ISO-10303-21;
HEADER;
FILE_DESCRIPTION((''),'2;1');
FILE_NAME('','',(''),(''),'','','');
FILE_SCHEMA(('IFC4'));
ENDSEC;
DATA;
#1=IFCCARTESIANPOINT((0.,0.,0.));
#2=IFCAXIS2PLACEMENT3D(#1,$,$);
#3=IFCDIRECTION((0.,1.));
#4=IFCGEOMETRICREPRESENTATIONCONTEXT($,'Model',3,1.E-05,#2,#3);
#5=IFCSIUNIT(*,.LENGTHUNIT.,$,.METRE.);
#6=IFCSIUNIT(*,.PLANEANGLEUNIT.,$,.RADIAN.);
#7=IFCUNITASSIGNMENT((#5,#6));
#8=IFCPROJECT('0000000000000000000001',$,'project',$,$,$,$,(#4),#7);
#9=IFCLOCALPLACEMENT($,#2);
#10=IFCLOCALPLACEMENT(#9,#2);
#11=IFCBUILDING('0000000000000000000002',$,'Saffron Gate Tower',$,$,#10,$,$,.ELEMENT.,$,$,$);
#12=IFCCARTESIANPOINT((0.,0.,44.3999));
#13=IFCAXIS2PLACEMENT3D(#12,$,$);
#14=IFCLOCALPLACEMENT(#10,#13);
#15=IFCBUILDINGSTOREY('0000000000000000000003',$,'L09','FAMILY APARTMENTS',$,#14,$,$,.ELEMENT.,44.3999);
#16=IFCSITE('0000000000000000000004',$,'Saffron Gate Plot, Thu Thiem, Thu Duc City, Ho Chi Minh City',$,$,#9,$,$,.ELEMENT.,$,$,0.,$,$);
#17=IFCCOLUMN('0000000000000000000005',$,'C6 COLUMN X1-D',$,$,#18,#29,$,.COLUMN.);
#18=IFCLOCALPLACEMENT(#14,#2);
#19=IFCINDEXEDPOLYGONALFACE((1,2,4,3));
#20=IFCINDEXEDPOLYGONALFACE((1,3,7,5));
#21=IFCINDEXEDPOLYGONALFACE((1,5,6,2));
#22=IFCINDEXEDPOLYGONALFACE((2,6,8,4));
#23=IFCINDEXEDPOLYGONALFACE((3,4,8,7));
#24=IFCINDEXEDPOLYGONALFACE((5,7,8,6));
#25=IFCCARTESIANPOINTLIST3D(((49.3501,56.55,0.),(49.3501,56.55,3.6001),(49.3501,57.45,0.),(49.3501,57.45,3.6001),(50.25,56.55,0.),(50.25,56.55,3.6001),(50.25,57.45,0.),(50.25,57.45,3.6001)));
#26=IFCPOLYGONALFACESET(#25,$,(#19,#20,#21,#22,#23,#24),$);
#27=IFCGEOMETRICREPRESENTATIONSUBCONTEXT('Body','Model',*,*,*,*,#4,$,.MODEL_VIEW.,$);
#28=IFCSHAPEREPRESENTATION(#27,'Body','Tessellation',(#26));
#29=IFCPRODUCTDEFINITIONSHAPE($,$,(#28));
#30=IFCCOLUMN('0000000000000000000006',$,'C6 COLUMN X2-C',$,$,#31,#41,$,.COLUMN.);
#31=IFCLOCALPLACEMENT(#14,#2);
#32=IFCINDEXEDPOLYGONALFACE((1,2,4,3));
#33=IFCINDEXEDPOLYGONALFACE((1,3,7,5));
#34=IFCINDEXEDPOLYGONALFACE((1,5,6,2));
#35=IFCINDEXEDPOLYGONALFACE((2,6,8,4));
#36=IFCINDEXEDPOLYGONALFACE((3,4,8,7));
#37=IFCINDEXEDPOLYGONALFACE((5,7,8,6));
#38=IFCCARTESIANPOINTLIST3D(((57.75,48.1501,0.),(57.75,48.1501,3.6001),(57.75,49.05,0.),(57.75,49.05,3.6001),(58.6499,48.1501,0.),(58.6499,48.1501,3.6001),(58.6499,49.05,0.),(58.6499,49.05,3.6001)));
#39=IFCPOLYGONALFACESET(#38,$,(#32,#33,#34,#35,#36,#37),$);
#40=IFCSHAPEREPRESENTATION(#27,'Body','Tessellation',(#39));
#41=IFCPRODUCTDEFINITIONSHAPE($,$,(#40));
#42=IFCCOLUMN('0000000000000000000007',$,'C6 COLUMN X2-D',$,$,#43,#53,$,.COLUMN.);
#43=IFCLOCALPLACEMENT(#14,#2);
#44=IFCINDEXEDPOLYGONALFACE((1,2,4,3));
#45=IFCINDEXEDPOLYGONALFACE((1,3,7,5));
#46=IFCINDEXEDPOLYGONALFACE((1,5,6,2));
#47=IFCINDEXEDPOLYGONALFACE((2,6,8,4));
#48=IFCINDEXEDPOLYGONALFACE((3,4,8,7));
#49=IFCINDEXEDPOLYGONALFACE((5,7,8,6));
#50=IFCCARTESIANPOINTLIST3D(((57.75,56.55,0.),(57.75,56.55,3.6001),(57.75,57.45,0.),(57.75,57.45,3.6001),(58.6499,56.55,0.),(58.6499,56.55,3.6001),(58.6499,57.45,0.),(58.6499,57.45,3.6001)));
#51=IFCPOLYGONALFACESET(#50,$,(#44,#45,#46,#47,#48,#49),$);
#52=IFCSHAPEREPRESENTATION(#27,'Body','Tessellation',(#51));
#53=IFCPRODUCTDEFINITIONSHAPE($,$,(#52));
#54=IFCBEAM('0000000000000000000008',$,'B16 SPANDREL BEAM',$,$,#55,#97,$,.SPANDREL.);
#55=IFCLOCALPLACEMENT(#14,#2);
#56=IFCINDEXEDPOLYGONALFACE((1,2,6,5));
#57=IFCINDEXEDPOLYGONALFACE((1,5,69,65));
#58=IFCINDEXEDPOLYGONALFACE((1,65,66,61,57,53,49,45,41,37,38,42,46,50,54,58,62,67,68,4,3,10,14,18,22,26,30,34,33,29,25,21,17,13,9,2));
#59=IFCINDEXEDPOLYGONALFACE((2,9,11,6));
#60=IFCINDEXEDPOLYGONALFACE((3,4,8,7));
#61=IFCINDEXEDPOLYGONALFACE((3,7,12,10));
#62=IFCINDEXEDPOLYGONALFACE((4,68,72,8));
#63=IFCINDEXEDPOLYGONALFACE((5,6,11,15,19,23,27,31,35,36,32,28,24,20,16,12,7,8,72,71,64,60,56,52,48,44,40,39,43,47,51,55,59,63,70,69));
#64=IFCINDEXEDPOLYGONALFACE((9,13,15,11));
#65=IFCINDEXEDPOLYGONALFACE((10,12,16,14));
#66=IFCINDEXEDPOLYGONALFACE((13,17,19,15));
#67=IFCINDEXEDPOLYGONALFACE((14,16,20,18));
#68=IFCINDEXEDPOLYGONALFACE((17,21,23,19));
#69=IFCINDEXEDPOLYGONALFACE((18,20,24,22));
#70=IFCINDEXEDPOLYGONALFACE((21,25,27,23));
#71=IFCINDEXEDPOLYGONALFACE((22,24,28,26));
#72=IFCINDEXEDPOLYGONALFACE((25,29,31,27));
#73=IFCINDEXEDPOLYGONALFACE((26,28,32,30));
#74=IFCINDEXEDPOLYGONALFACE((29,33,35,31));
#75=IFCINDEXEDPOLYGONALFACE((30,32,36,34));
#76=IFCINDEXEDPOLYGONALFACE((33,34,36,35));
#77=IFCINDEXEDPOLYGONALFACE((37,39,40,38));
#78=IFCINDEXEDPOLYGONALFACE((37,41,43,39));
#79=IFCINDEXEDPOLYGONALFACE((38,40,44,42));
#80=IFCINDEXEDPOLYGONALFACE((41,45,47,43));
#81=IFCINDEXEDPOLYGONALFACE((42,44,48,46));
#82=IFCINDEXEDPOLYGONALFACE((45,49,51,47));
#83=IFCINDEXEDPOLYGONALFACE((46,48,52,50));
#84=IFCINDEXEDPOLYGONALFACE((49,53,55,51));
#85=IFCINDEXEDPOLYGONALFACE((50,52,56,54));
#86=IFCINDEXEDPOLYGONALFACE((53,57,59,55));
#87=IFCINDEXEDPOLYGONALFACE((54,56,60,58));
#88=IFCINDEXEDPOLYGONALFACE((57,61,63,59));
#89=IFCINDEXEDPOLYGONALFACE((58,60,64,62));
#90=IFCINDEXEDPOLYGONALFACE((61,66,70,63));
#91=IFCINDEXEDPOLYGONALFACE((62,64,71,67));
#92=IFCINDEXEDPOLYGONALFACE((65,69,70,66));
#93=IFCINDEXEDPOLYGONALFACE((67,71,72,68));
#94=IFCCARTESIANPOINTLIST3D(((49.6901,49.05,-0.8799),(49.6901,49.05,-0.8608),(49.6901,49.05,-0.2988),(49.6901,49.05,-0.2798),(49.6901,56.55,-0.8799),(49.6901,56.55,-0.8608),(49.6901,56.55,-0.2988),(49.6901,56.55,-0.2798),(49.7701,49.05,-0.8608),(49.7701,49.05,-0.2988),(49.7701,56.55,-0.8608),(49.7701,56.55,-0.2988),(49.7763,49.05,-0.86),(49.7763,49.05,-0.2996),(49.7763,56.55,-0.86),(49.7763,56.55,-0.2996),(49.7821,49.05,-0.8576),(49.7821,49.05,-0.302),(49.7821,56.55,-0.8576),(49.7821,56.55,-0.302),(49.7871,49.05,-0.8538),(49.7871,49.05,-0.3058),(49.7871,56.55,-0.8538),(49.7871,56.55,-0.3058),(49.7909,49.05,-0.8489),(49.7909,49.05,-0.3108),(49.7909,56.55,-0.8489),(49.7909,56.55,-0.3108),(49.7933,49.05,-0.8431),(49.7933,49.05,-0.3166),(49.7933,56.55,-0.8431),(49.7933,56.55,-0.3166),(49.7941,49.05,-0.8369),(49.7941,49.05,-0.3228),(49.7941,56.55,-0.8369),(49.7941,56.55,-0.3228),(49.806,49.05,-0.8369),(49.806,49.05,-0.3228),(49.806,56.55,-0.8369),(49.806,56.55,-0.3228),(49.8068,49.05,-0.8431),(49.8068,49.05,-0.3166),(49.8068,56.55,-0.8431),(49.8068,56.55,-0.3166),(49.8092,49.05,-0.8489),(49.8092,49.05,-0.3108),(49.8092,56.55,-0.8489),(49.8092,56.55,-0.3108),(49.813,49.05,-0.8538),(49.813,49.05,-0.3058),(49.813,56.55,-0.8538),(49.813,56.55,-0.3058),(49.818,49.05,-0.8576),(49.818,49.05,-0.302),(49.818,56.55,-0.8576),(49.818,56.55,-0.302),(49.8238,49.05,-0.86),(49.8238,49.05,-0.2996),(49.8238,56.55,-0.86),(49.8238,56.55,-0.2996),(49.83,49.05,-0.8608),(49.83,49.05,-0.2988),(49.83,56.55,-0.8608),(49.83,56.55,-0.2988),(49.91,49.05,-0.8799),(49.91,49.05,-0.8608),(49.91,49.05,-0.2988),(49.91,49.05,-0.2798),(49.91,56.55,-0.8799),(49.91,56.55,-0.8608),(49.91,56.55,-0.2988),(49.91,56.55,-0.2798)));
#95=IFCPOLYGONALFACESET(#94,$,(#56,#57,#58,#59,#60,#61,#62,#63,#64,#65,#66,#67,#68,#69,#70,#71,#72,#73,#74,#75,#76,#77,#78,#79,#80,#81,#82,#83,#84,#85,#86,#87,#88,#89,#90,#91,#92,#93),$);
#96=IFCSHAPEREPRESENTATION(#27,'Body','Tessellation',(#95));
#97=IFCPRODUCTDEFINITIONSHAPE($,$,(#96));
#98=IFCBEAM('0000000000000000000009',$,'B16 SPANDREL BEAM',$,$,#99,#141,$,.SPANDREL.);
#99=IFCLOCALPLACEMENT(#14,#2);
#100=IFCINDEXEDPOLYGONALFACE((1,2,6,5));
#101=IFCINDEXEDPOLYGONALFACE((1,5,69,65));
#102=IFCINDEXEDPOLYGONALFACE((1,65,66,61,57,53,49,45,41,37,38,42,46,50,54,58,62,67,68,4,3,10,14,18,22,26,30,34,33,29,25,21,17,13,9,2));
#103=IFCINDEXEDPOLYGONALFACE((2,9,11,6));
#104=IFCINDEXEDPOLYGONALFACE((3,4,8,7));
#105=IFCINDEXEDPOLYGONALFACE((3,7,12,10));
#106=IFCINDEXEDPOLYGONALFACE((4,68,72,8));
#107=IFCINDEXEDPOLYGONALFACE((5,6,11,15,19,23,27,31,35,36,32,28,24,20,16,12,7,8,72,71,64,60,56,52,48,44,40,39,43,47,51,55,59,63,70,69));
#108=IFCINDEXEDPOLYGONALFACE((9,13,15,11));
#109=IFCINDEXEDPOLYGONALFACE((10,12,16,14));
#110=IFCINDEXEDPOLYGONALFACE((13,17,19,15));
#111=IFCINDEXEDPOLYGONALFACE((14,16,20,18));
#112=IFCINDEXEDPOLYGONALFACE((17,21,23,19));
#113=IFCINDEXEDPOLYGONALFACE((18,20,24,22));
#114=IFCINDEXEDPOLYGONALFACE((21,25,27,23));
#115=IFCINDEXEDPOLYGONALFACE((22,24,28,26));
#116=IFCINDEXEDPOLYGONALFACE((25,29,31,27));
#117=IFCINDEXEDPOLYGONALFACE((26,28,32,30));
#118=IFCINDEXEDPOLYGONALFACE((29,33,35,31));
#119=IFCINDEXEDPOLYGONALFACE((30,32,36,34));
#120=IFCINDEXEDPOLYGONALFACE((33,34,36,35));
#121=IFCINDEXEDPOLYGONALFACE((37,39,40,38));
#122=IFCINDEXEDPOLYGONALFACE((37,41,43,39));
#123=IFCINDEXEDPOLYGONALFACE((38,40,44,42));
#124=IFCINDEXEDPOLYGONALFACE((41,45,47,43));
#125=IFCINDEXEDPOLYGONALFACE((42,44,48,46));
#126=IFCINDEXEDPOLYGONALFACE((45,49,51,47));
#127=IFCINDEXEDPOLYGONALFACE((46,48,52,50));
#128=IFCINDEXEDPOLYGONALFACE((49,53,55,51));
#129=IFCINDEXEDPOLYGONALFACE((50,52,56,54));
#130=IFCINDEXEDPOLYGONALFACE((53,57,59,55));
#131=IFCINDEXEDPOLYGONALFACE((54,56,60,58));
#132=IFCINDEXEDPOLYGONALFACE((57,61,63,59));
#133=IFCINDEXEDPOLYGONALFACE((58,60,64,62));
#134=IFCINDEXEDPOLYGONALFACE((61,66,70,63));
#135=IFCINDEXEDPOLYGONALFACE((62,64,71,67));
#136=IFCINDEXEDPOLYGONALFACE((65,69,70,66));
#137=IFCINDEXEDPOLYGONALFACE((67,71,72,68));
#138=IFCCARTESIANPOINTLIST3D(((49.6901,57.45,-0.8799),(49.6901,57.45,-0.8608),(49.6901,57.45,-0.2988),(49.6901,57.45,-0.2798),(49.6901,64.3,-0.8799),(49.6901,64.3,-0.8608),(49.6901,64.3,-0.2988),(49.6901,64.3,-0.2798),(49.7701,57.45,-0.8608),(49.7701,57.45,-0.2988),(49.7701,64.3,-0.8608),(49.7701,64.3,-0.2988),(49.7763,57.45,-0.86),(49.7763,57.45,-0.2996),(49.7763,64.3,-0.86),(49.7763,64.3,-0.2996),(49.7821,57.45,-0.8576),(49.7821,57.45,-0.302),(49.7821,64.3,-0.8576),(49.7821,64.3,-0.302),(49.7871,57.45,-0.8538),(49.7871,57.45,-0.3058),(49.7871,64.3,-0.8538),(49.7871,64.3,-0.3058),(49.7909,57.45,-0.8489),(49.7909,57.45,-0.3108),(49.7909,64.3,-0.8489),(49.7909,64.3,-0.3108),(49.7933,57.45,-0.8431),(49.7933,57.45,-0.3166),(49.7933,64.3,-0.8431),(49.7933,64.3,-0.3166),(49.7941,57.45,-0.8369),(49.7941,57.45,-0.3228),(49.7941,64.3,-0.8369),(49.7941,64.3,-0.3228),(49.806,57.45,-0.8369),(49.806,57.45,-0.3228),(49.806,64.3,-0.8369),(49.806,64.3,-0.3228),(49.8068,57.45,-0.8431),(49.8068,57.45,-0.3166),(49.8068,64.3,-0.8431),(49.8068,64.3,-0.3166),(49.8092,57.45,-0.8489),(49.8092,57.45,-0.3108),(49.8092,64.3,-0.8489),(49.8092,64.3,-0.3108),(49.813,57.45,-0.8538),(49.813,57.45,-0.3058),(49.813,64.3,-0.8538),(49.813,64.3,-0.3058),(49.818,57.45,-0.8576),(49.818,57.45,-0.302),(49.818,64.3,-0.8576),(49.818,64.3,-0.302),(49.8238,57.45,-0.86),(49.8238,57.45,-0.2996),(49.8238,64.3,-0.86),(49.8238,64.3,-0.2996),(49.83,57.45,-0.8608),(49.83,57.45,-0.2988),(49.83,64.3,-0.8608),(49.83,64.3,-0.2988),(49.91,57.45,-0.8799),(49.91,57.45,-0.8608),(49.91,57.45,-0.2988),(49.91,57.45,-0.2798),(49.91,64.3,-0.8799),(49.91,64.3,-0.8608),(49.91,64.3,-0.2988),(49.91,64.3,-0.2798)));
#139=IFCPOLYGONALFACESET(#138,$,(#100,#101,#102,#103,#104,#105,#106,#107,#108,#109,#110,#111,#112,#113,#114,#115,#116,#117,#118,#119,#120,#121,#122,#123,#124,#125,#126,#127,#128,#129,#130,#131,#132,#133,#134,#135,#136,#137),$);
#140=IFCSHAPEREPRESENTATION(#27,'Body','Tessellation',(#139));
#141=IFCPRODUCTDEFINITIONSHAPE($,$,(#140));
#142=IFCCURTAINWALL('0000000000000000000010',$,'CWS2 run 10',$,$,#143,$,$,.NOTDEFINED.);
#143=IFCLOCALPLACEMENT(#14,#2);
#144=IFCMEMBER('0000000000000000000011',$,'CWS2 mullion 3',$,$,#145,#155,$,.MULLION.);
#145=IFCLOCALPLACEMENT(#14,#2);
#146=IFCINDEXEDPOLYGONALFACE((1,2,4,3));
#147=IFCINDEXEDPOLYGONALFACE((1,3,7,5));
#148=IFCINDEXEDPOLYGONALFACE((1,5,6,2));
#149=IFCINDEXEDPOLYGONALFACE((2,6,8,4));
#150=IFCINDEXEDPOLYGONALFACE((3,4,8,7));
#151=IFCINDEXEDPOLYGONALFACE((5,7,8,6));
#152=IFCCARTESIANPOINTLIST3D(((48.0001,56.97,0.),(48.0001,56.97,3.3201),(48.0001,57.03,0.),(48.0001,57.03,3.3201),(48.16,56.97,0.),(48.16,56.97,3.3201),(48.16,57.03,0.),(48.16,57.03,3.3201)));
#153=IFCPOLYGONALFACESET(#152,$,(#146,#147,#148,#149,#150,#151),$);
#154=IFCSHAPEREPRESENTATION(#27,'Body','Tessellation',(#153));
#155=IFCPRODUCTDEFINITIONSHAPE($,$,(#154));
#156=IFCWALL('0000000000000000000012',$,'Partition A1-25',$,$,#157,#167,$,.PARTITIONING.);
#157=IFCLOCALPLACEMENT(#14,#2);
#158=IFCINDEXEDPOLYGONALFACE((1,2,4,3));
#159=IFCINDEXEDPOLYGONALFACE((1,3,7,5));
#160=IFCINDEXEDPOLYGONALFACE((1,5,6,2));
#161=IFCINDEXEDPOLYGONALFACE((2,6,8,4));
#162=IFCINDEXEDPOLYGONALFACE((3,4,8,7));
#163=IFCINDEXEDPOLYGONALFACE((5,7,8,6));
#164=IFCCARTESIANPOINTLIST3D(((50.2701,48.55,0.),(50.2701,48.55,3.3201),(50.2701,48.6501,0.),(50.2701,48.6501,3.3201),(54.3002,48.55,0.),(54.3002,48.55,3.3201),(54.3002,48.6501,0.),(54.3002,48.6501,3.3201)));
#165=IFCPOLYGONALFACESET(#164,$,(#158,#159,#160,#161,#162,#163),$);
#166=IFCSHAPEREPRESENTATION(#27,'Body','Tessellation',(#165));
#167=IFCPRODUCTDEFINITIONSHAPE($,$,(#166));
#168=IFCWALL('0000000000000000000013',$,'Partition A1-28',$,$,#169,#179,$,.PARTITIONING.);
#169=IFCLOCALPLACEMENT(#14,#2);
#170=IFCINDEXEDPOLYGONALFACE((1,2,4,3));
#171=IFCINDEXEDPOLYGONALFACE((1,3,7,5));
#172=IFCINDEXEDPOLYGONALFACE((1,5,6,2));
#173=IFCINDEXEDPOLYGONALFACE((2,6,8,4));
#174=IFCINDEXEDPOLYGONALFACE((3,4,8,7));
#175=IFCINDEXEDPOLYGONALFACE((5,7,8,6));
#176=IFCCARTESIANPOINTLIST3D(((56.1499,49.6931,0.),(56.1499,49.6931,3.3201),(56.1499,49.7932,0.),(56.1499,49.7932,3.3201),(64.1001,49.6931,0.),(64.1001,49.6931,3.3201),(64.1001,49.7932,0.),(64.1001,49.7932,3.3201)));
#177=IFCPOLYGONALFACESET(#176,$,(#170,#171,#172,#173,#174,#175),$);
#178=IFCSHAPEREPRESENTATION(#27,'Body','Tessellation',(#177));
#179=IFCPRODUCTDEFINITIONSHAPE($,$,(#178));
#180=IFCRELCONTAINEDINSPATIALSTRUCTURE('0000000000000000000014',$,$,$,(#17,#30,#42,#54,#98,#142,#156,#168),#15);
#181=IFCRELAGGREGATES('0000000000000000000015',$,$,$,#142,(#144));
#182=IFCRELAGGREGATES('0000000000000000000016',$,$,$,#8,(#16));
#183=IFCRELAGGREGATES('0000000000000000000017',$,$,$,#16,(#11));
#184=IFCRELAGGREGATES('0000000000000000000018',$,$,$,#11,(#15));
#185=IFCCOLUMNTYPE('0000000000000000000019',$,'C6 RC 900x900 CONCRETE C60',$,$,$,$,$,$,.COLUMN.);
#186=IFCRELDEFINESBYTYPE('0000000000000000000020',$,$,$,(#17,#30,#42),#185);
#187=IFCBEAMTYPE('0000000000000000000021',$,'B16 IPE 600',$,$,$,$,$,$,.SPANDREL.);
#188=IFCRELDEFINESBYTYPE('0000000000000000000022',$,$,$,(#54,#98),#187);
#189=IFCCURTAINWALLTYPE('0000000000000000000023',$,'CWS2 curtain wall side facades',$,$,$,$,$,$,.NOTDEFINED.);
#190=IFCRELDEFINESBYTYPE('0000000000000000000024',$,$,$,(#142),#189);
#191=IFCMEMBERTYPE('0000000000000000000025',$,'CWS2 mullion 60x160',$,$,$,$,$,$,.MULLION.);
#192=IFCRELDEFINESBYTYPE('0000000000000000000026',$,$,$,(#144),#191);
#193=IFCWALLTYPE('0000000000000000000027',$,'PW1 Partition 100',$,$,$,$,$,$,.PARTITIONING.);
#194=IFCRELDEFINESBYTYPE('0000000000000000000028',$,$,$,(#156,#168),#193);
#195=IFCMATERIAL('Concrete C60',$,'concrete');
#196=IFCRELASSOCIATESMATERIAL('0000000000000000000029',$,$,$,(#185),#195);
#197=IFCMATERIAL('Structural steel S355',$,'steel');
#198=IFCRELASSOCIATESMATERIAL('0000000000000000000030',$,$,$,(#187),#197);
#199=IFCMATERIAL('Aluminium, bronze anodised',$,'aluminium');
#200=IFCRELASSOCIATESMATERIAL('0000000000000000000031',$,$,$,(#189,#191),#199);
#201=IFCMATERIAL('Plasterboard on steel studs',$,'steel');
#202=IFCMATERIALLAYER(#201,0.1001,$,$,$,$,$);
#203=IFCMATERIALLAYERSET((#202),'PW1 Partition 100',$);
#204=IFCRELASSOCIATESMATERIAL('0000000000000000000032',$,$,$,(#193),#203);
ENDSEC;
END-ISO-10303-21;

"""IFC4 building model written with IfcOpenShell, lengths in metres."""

from ifc_helpers import new_model, si_unit, direction, frame, frame_2d, origin, origin_2d, place, context, subcontext, project, spatial, rectangle, i_section, extrude, material, layer, layer_set, material_profile, profile_set, type_object, element, aggregate, save


model = new_model("IFC4")

# Units and contexts
model_context = context("Model", 3, precision=1e-05, world=origin(), true_north=direction((0.0, 1.0)))
body_context = subcontext(model_context, "Body", "Model", "MODEL_VIEW")
ifc_project = project(units=[si_unit("LENGTHUNIT", "METRE"), si_unit("PLANEANGLEUNIT", "RADIAN")], contexts=[model_context])

# Site, building, storey
site_placement = place(None, origin())
site = spatial("IfcSite", under=ifc_project, at=site_placement, Name="Saffron Gate Plot, Thu Thiem, Thu Duc City, Ho Chi Minh City", CompositionType="ELEMENT", RefElevation=0.0)
building_placement = place(site_placement, origin())
building = spatial("IfcBuilding", under=site, at=building_placement, Name="Saffron Gate Tower", CompositionType="ELEMENT")
storey_placement = place(building_placement, frame((0.0, 0.0, 44.3999)))
storey = spatial("IfcBuildingStorey", under=building, at=storey_placement, Name="L09", Description="FAMILY APARTMENTS", CompositionType="ELEMENT", Elevation=44.3999)

# Columns
ifc_material_1 = material(Name="Concrete C60", Category="concrete")
ifc_material_profile_1 = material_profile(ifc_material_1, rectangle(XDim=0.8999, YDim=0.8999, at=origin_2d()))
ifc_profile_set_1 = profile_set([ifc_material_profile_1], Name="Concrete C60")
column_type = type_object("IfcColumnType", Name="C6 RC 900x900 CONCRETE C60", PredefinedType="COLUMN", material=ifc_profile_set_1)
for number, where, z_axis, x_axis, name in (
    (1, (49.8, 57.0, 0.0), (0.0, 0.0, 1.0), (1.0, 0.0, 0.0), "C6 COLUMN X1-D"),
    (2, (58.2, 48.6001, 0.0), (0.0, 0.0, 1.0), (1.0, 0.0, 0.0), "C6 COLUMN X2-C"),
    (3, (58.2, 57.0, 0.0), (0.0, 0.0, 1.0), (1.0, 0.0, 0.0), "C6 COLUMN X2-D"),
):
    element("IfcColumn", number, at=place(storey_placement, frame(where, z_axis=z_axis, x_axis=x_axis)), inside=storey, type_object=column_type, Name=name, PredefinedType="COLUMN", context=body_context, shape_type="SweptSolid", body=[
        extrude(rectangle(XDim=0.8999, YDim=0.8999, at=origin_2d()), origin(), (0.0, 0.0, 1.0), 3.6001),
    ])

# Beams
ifc_material_2 = material(Name="Structural steel S355", Category="steel")
ifc_material_profile_2 = material_profile(ifc_material_2, i_section(OverallWidth=0.22, OverallDepth=0.6001, WebThickness=0.012, FlangeThickness=0.019, FilletRadius=0.0239, at=origin_2d()))
ifc_profile_set_2 = profile_set([ifc_material_profile_2], Name="Structural steel S355")
beam_type = type_object("IfcBeamType", Name="B16 IPE 600", PredefinedType="SPANDREL", material=ifc_profile_set_2)
beam_1_placement = place(storey_placement, frame((49.8, 49.05, -0.5798), z_axis=(0.0, 1.0, 0.0), x_axis=(-1.0, 0.0, 0.0)))
element("IfcBeam", 4, at=beam_1_placement, inside=storey, type_object=beam_type, Name="B16 SPANDREL BEAM", PredefinedType="SPANDREL", context=body_context, shape_type="SweptSolid", body=[
    extrude(i_section(OverallWidth=0.22, OverallDepth=0.6001, WebThickness=0.012, FlangeThickness=0.019, FilletRadius=0.0239, at=origin_2d()), origin(), (0.0, 0.0, 1.0), 7.5),
])
beam_2_placement = place(storey_placement, frame((49.8, 57.45, -0.5798), z_axis=(0.0, 1.0, 0.0), x_axis=(-1.0, 0.0, 0.0)))
element("IfcBeam", 5, at=beam_2_placement, inside=storey, type_object=beam_type, Name="B16 SPANDREL BEAM", PredefinedType="SPANDREL", context=body_context, shape_type="SweptSolid", body=[
    extrude(i_section(OverallWidth=0.22, OverallDepth=0.6001, WebThickness=0.012, FlangeThickness=0.019, FilletRadius=0.0239, at=origin_2d()), origin(), (0.0, 0.0, 1.0), 6.8501),
])

# Curtain wall, member
ifc_material_3 = material(Name="Aluminium, bronze anodised", Category="aluminium")
curtain_wall_type = type_object("IfcCurtainWallType", Name="CWS2 curtain wall side facades", PredefinedType="NOTDEFINED", material=ifc_material_3)
curtain_wall_placement = place(storey_placement, origin())
curtain_wall = element("IfcCurtainWall", 6, at=curtain_wall_placement, inside=storey, type_object=curtain_wall_type, Name="CWS2 run 10", PredefinedType="NOTDEFINED")
ifc_material_profile_3 = material_profile(ifc_material_3, rectangle(XDim=0.1599, YDim=0.0601, at=origin_2d()))
ifc_profile_set_3 = profile_set([ifc_material_profile_3], Name="Aluminium, bronze anodised")
member_type = type_object("IfcMemberType", Name="CWS2 mullion 60x160", PredefinedType="MULLION", material=ifc_profile_set_3)
member_placement = place(storey_placement, frame((48.0801, 57.0, 0.0), z_axis=(0.0, 0.0, 1.0), x_axis=(1.0, 0.0, 0.0)))
member = element("IfcMember", 7, at=member_placement, type_object=member_type, Name="CWS2 mullion 3", PredefinedType="MULLION", context=body_context, shape_type="SweptSolid", body=[
    extrude(rectangle(XDim=0.1599, YDim=0.0601, at=origin_2d()), origin(), (0.0, 0.0, 1.0), 3.3201),
])
aggregate(curtain_wall, [member])

# Walls
ifc_material_4 = material(Name="Plasterboard on steel studs", Category="steel")
ifc_layer = layer(ifc_material_4, 0.1001)
ifc_layer_set = layer_set([ifc_layer], Name="PW1 Partition 100")
wall_type = type_object("IfcWallType", Name="PW1 Partition 100", PredefinedType="PARTITIONING", material=ifc_layer_set)
wall_1_placement = place(storey_placement, frame((50.27, 48.6001, 0.0), z_axis=(0.0, 0.0, 1.0), x_axis=(1.0, 0.0, 0.0)))
element("IfcWall", 8, at=wall_1_placement, inside=storey, type_object=wall_type, Name="Partition A1-25", PredefinedType="PARTITIONING", context=body_context, shape_type="SweptSolid", body=[
    extrude(rectangle(XDim=4.03, YDim=0.1001, at=frame_2d((2.0151, 0.0))), origin(), (0.0, 0.0, 1.0), 3.3201),
])
wall_2_placement = place(storey_placement, frame((56.1499, 49.7432, 0.0), z_axis=(0.0, 0.0, 1.0), x_axis=(1.0, 0.0, 0.0)))
element("IfcWall", 9, at=wall_2_placement, inside=storey, type_object=wall_type, Name="Partition A1-28", PredefinedType="PARTITIONING", context=body_context, shape_type="SweptSolid", body=[
    extrude(rectangle(XDim=7.9502, YDim=0.1001, at=frame_2d((3.9751, 0.0))), origin(), (0.0, 0.0, 1.0), 3.3201),
])

save(model, "model.ifc")
